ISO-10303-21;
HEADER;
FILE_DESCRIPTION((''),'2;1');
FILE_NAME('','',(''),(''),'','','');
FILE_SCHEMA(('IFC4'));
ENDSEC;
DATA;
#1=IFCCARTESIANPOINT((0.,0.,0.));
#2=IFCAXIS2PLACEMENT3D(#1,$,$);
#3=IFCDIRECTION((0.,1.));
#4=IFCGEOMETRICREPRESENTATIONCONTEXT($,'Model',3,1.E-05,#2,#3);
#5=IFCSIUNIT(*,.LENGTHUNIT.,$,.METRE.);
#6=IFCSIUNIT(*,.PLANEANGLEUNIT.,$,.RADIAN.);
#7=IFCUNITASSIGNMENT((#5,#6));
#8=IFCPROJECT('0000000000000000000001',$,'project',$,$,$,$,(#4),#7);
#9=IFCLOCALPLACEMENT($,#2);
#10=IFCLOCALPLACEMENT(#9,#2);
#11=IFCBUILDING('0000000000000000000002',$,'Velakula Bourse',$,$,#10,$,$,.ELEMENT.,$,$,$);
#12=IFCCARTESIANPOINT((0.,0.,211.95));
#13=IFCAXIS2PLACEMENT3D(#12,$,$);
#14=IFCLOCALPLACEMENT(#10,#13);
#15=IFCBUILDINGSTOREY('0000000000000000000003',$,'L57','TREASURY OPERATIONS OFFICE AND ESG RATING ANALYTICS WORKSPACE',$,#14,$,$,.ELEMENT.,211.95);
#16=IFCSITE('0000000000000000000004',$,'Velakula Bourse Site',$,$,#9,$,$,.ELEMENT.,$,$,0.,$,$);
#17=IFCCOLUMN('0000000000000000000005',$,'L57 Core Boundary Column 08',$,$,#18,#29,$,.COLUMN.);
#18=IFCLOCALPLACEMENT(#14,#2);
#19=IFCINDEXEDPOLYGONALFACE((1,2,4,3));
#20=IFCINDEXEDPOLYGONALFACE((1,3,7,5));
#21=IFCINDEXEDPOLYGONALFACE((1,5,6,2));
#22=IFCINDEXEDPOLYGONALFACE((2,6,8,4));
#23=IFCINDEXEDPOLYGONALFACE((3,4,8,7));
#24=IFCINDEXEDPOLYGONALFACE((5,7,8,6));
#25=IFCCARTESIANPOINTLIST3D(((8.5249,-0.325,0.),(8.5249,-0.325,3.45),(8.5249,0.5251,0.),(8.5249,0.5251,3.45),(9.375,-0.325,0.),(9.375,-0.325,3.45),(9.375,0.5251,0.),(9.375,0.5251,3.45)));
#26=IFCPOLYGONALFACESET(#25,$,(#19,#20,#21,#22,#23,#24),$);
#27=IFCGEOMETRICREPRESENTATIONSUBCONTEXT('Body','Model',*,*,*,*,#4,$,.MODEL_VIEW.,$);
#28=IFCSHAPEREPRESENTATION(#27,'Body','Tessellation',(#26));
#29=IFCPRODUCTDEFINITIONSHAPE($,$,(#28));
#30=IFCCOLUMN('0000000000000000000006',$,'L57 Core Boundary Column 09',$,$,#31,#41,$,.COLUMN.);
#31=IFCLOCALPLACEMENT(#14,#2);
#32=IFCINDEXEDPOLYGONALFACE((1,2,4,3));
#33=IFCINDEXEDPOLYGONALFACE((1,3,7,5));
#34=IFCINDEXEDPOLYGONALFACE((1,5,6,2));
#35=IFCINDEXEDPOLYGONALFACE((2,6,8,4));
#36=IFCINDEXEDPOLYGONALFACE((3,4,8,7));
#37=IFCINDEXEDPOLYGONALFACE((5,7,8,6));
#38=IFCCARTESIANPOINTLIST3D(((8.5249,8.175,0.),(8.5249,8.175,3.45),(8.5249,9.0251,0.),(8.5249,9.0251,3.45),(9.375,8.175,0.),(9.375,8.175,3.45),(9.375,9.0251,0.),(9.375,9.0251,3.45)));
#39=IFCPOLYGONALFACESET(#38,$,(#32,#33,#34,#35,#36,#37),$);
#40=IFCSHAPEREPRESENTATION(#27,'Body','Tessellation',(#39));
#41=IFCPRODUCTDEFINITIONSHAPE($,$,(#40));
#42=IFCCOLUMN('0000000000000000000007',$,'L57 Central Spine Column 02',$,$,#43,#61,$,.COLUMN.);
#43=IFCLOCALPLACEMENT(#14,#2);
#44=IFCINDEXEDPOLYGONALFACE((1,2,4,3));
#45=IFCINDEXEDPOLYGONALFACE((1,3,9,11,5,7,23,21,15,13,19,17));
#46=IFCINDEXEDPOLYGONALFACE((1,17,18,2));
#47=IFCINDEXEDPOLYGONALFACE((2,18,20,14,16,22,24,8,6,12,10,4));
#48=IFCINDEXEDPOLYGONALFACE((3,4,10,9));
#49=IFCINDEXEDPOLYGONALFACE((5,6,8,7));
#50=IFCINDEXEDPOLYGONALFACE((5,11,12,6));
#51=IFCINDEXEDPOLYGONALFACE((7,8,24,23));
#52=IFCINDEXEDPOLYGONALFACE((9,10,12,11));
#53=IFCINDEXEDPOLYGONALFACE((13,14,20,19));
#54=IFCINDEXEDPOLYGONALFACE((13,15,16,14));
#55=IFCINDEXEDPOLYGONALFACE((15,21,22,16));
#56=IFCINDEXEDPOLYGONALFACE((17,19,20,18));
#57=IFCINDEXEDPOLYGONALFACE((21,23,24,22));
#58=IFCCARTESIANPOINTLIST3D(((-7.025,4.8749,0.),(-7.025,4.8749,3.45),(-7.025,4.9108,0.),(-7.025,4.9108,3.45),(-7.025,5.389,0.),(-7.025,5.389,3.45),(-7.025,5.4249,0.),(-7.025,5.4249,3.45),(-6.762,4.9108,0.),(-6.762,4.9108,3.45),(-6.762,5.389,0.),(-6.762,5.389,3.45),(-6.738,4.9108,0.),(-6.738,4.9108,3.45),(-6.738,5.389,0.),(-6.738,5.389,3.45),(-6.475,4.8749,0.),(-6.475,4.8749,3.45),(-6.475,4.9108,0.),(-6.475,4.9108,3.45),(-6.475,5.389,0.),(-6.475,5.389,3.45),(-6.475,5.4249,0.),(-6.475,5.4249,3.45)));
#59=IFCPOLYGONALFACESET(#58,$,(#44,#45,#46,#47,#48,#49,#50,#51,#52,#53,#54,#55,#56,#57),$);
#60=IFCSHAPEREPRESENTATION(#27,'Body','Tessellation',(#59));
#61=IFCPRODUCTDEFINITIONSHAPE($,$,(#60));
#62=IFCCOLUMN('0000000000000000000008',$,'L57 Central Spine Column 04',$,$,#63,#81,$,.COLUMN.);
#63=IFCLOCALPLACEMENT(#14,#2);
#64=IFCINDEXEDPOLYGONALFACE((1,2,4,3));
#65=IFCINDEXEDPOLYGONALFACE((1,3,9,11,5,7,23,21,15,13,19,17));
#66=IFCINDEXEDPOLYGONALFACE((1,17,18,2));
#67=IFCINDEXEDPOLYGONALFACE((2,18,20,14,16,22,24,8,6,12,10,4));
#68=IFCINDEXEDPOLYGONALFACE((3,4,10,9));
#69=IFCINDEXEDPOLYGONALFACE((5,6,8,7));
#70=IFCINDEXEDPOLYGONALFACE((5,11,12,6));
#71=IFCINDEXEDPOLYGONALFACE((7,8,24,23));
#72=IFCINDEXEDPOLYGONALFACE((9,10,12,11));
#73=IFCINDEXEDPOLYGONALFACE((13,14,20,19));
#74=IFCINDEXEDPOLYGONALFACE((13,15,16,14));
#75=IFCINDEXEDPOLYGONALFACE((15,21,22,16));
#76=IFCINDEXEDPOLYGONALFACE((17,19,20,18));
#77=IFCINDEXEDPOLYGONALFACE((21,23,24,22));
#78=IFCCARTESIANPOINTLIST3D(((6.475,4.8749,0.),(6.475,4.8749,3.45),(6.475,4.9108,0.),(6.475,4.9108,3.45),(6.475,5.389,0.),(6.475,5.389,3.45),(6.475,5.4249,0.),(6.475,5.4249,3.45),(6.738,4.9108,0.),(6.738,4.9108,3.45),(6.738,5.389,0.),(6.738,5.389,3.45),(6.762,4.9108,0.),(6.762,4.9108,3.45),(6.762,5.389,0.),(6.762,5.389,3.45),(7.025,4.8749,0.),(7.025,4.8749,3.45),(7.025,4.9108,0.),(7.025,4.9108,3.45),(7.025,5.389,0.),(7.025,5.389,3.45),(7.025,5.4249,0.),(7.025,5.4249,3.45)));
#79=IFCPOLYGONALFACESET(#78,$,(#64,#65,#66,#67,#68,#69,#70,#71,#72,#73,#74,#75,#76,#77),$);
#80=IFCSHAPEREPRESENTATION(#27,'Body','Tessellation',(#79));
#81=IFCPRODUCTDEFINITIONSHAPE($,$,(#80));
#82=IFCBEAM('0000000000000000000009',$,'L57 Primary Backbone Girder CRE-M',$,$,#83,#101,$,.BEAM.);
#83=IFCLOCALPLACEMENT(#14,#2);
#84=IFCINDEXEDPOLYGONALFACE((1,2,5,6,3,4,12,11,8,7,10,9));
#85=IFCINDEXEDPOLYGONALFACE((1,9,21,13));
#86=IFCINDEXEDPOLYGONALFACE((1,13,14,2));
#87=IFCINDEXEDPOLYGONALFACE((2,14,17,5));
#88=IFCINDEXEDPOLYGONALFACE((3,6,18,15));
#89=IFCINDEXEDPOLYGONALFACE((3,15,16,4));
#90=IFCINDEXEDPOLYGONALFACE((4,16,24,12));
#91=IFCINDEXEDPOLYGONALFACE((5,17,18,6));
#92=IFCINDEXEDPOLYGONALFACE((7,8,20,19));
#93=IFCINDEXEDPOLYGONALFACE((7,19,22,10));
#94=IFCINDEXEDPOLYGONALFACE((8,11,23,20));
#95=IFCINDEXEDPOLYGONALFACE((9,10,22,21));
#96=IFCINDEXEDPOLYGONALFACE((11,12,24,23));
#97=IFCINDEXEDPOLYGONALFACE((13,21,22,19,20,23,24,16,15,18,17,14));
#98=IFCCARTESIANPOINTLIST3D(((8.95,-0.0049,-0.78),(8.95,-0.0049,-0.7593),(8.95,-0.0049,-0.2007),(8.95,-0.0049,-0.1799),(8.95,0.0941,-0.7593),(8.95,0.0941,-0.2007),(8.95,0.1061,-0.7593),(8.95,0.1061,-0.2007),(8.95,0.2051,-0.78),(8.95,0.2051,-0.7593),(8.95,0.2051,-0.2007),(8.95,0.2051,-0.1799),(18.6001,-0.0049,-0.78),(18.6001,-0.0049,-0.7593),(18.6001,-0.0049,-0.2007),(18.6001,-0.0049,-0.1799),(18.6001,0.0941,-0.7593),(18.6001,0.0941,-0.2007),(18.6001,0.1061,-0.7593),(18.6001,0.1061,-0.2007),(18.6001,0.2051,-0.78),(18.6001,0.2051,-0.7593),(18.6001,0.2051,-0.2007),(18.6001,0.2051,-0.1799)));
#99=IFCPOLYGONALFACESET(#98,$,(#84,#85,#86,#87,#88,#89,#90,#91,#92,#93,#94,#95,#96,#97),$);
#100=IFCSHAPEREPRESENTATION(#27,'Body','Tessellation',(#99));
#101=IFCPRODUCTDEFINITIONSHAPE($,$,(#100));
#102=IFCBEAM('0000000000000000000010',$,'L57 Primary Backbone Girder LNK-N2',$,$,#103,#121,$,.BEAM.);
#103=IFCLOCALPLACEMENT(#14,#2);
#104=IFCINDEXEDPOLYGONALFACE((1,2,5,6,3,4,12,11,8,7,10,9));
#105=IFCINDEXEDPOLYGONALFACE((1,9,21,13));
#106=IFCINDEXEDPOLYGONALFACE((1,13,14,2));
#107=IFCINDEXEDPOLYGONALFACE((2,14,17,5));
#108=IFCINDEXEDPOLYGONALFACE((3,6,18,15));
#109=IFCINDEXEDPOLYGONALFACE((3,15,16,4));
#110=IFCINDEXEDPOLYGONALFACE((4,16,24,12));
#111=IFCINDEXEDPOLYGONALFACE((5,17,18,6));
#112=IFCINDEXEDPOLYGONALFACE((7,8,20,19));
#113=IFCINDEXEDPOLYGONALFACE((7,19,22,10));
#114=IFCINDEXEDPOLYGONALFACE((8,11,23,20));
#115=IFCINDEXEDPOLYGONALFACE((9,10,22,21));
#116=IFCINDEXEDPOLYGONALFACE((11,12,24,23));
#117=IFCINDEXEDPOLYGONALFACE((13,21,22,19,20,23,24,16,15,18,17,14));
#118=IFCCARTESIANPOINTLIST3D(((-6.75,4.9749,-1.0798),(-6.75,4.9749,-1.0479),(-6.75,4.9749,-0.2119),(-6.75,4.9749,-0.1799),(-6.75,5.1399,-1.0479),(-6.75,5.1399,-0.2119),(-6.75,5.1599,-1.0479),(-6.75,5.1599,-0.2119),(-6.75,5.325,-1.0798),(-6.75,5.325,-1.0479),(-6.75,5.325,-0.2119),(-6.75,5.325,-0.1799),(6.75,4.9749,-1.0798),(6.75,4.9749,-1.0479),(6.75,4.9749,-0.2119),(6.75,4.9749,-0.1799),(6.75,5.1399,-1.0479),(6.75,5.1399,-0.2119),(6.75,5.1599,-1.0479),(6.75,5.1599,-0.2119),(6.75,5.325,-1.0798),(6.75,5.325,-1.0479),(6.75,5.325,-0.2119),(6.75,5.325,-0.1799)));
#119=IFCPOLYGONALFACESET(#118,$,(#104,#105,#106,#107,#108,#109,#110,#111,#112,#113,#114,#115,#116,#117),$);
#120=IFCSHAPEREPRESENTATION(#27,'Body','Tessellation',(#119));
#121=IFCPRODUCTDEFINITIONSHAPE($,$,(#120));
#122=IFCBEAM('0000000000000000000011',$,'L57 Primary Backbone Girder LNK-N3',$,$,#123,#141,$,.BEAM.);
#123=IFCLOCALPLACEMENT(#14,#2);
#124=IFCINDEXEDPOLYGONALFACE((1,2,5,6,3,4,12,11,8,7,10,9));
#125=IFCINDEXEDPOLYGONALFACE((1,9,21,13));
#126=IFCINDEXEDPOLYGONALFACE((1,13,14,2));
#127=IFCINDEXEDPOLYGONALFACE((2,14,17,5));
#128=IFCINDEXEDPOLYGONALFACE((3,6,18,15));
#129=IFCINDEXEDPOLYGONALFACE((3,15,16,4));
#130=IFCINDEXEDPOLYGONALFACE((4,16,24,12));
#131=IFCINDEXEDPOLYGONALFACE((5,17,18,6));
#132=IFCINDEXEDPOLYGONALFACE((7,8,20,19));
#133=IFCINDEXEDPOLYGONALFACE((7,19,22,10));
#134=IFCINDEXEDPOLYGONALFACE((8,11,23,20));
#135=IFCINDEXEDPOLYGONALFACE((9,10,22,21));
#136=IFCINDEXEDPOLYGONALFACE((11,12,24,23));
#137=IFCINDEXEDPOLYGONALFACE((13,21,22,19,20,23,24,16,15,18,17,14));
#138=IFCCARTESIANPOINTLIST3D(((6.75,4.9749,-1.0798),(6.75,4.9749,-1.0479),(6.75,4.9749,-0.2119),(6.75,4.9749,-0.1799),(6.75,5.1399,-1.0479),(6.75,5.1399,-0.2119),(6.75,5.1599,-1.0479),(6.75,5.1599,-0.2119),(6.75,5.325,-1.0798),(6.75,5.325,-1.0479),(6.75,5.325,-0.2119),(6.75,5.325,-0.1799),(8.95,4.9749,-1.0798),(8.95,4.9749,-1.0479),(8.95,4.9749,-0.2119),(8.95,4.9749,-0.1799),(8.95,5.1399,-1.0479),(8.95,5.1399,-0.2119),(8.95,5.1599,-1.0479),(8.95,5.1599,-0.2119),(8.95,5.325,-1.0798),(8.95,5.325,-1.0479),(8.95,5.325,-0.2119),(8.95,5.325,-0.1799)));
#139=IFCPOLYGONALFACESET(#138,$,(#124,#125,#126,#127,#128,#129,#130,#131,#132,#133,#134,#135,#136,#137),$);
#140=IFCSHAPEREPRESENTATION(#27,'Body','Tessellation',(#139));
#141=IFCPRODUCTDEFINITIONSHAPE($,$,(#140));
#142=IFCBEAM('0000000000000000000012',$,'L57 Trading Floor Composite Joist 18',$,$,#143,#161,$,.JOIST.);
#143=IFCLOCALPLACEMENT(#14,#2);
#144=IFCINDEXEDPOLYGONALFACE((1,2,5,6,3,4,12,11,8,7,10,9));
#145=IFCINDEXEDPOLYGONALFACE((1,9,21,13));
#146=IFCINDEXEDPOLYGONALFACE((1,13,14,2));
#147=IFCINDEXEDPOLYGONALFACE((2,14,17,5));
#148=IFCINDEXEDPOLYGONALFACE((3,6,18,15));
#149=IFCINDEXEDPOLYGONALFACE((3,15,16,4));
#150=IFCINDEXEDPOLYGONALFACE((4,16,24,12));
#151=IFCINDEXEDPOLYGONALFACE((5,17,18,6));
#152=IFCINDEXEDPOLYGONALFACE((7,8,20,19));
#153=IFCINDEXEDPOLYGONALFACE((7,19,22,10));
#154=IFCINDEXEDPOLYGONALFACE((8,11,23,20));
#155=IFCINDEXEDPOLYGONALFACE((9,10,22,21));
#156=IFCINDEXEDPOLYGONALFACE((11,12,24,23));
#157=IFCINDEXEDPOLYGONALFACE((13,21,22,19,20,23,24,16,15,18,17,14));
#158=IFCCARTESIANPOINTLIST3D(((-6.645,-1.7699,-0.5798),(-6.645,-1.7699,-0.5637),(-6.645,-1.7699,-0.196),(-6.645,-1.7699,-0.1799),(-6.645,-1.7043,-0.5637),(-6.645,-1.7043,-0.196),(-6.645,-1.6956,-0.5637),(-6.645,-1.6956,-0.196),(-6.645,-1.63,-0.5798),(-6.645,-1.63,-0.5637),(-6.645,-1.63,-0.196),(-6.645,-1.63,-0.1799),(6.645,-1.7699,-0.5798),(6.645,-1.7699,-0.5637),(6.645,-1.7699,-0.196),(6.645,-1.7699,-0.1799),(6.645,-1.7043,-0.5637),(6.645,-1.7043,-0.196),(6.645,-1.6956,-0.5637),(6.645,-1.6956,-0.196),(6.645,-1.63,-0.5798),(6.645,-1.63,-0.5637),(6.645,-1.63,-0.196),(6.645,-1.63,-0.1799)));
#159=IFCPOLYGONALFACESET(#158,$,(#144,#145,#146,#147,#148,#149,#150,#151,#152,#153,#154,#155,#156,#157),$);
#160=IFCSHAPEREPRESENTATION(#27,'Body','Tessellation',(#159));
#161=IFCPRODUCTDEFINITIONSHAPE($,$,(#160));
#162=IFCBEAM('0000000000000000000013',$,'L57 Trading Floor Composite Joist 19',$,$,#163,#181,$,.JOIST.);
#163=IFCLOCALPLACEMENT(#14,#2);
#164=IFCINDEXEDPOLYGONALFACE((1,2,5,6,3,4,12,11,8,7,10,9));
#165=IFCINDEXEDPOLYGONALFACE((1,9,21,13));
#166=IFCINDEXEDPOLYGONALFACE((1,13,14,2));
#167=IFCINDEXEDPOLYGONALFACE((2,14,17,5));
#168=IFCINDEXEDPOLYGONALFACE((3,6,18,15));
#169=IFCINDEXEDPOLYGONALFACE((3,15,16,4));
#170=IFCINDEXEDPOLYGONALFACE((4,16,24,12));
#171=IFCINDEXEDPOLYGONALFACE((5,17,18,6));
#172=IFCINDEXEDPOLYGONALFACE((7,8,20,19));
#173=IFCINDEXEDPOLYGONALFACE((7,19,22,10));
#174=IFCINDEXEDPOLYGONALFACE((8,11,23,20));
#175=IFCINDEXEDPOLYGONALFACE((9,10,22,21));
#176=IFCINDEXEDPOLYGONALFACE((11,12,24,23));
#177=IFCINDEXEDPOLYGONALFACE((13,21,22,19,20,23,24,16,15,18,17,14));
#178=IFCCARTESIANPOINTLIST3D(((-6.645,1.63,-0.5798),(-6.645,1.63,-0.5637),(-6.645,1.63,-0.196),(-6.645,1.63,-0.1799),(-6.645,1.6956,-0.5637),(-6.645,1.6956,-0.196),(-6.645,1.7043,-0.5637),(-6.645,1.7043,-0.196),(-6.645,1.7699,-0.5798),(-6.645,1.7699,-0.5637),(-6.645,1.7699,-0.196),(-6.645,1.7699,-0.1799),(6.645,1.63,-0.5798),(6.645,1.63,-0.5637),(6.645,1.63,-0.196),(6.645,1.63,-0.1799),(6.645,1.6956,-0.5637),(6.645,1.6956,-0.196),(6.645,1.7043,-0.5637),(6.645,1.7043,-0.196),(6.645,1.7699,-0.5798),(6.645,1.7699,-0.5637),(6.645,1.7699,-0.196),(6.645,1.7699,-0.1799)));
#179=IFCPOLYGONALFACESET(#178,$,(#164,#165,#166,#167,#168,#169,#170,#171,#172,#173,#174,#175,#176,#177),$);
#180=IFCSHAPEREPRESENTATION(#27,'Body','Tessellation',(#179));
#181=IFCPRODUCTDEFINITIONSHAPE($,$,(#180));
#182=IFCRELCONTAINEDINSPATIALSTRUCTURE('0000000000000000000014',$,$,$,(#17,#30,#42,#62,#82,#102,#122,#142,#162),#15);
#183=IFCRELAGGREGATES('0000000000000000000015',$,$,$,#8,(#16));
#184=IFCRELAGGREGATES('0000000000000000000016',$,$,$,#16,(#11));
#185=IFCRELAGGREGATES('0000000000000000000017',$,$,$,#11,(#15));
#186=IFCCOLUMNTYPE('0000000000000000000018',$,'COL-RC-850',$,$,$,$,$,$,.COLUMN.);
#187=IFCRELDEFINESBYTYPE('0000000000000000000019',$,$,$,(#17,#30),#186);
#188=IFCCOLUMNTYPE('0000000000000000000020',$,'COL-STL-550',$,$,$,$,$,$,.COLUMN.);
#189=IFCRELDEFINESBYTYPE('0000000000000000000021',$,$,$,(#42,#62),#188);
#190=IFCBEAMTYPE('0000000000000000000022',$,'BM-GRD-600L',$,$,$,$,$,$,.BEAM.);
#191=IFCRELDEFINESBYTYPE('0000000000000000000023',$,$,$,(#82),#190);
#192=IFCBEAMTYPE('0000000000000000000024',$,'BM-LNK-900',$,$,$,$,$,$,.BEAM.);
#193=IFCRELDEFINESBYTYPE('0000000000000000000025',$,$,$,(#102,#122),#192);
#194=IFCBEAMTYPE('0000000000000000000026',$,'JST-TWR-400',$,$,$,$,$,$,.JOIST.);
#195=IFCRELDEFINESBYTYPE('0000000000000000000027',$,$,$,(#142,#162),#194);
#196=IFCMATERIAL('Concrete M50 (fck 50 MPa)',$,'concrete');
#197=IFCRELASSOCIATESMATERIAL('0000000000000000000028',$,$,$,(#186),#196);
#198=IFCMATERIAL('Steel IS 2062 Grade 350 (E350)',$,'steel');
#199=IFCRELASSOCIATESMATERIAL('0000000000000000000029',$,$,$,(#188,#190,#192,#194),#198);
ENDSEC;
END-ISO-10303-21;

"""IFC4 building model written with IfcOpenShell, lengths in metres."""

from ifc_helpers import new_model, si_unit, direction, frame, origin, origin_2d, place, context, subcontext, project, spatial, rectangle, i_section, extrude, material, material_profile, profile_set, type_object, element, save


model = new_model("IFC4")

# Units and contexts
model_context = context("Model", 3, precision=1e-05, world=origin(), true_north=direction((0.0, 1.0)))
body_context = subcontext(model_context, "Body", "Model", "MODEL_VIEW")
ifc_project = project(units=[si_unit("LENGTHUNIT", "METRE"), si_unit("PLANEANGLEUNIT", "RADIAN")], contexts=[model_context])

# Site, building, storey
site_placement = place(None, origin())
site = spatial("IfcSite", under=ifc_project, at=site_placement, Name="Velakula Bourse Site", CompositionType="ELEMENT", RefElevation=0.0)
building_placement = place(site_placement, origin())
building = spatial("IfcBuilding", under=site, at=building_placement, Name="Velakula Bourse", CompositionType="ELEMENT")
storey_placement = place(building_placement, frame((0.0, 0.0, 211.95)))
storey = spatial("IfcBuildingStorey", under=building, at=storey_placement, Name="L57", Description="TREASURY OPERATIONS OFFICE AND ESG RATING ANALYTICS WORKSPACE", CompositionType="ELEMENT", Elevation=211.95)

# Columns
ifc_material_1 = material(Name="Concrete M50 (fck 50 MPa)", Category="concrete")
ifc_material_profile_1 = material_profile(ifc_material_1, rectangle(XDim=0.8501, YDim=0.8501, at=origin_2d()), Name="Concrete M50 (fck 50 MPa)")
ifc_profile_set_1 = profile_set([ifc_material_profile_1], Name="Concrete M50 (fck 50 MPa)")
column_type_1 = type_object("IfcColumnType", Name="COL-RC-850", PredefinedType="COLUMN", material=ifc_profile_set_1)
for number, where, z_axis, x_axis, name in (
    (1, (8.95, 0.1001, 0.0), (0.0, 0.0, 1.0), (1.0, 0.0, 0.0), "L57 Core Boundary Column 08"),
    (2, (8.95, 8.6001, 0.0), (0.0, 0.0, 1.0), (1.0, 0.0, 0.0), "L57 Core Boundary Column 09"),
):
    element("IfcColumn", number, at=place(storey_placement, frame(where, z_axis=z_axis, x_axis=x_axis)), inside=storey, type_object=column_type_1, Name=name, PredefinedType="COLUMN", context=body_context, shape_type="SweptSolid", body=[
        extrude(rectangle(XDim=0.8501, YDim=0.8501, at=origin_2d()), origin(), (0.0, 0.0, 1.0), 3.45),
    ])
ifc_material_2 = material(Name="Steel IS 2062 Grade 350 (E350)", Category="steel")
ifc_material_profile_2 = material_profile(ifc_material_2, i_section(OverallWidth=0.55, OverallDepth=0.55, WebThickness=0.0239, FlangeThickness=0.0359, at=origin_2d()), Name="Steel IS 2062 Grade 350 (E350)")
ifc_profile_set_2 = profile_set([ifc_material_profile_2], Name="Steel IS 2062 Grade 350 (E350)")
column_type_2 = type_object("IfcColumnType", Name="COL-STL-550", PredefinedType="COLUMN", material=ifc_profile_set_2)
for number, where, z_axis, x_axis, name in (
    (3, (-6.75, 5.1499, 0.0), (0.0, 0.0, 1.0), (1.0, 0.0, 0.0), "L57 Central Spine Column 02"),
    (4, (6.75, 5.1499, 0.0), (0.0, 0.0, 1.0), (1.0, 0.0, 0.0), "L57 Central Spine Column 04"),
):
    element("IfcColumn", number, at=place(storey_placement, frame(where, z_axis=z_axis, x_axis=x_axis)), inside=storey, type_object=column_type_2, Name=name, PredefinedType="COLUMN", context=body_context, shape_type="SweptSolid", body=[
        extrude(i_section(OverallWidth=0.55, OverallDepth=0.55, WebThickness=0.0239, FlangeThickness=0.0359, at=origin_2d()), origin(), (0.0, 0.0, 1.0), 3.45),
    ])

# Beams
ifc_material_profile_3 = material_profile(ifc_material_2, i_section(OverallWidth=0.21, OverallDepth=0.6001, WebThickness=0.012, FlangeThickness=0.0208, at=origin_2d()), Name="Steel IS 2062 Grade 350 (E350)")
ifc_profile_set_3 = profile_set([ifc_material_profile_3], Name="Steel IS 2062 Grade 350 (E350)")
beam_type_1 = type_object("IfcBeamType", Name="BM-GRD-600L", PredefinedType="BEAM", material=ifc_profile_set_3)
beam_1_placement = place(storey_placement, frame((8.95, 0.1001, -0.48), z_axis=(1.0, 0.0, 0.0), x_axis=(0.0, 1.0, 0.0)))
element("IfcBeam", 5, at=beam_1_placement, inside=storey, type_object=beam_type_1, Name="L57 Primary Backbone Girder CRE-M", PredefinedType="BEAM", context=body_context, shape_type="SweptSolid", body=[
    extrude(i_section(OverallWidth=0.21, OverallDepth=0.6001, WebThickness=0.012, FlangeThickness=0.0208, at=origin_2d()), origin(), (0.0, 0.0, 1.0), 9.6501),
])
ifc_material_profile_4 = material_profile(ifc_material_2, i_section(OverallWidth=0.3501, OverallDepth=0.8999, WebThickness=0.02, FlangeThickness=0.032, at=origin_2d()), Name="Steel IS 2062 Grade 350 (E350)")
ifc_profile_set_4 = profile_set([ifc_material_profile_4], Name="Steel IS 2062 Grade 350 (E350)")
beam_type_2 = type_object("IfcBeamType", Name="BM-LNK-900", PredefinedType="BEAM", material=ifc_profile_set_4)
beam_2_placement = place(storey_placement, frame((-6.75, 5.1499, -0.6299), z_axis=(1.0, 0.0, 0.0), x_axis=(0.0, 1.0, 0.0)))
element("IfcBeam", 6, at=beam_2_placement, inside=storey, type_object=beam_type_2, Name="L57 Primary Backbone Girder LNK-N2", PredefinedType="BEAM", context=body_context, shape_type="SweptSolid", body=[
    extrude(i_section(OverallWidth=0.3501, OverallDepth=0.8999, WebThickness=0.02, FlangeThickness=0.032, at=origin_2d()), origin(), (0.0, 0.0, 1.0), 13.5),
])
beam_3_placement = place(storey_placement, frame((6.75, 5.1499, -0.6299), z_axis=(1.0, 0.0, 0.0), x_axis=(0.0, 1.0, 0.0)))
element("IfcBeam", 7, at=beam_3_placement, inside=storey, type_object=beam_type_2, Name="L57 Primary Backbone Girder LNK-N3", PredefinedType="BEAM", context=body_context, shape_type="SweptSolid", body=[
    extrude(i_section(OverallWidth=0.3501, OverallDepth=0.8999, WebThickness=0.02, FlangeThickness=0.032, at=origin_2d()), origin(), (0.0, 0.0, 1.0), 2.2),
])
ifc_material_profile_5 = material_profile(ifc_material_2, i_section(OverallWidth=0.1399, OverallDepth=0.3999, WebThickness=0.0088, FlangeThickness=0.0161, at=origin_2d()), Name="Steel IS 2062 Grade 350 (E350)")
ifc_profile_set_5 = profile_set([ifc_material_profile_5], Name="Steel IS 2062 Grade 350 (E350)")
beam_type_3 = type_object("IfcBeamType", Name="JST-TWR-400", PredefinedType="JOIST", material=ifc_profile_set_5)
for number, where, z_axis, x_axis, name in (
    (8, (-6.645, -1.7, -0.3799), (1.0, 0.0, 0.0), (0.0, 1.0, 0.0), "L57 Trading Floor Composite Joist 18"),
    (9, (-6.645, 1.7, -0.3799), (1.0, 0.0, 0.0), (0.0, 1.0, 0.0), "L57 Trading Floor Composite Joist 19"),
):
    element("IfcBeam", number, at=place(storey_placement, frame(where, z_axis=z_axis, x_axis=x_axis)), inside=storey, type_object=beam_type_3, Name=name, PredefinedType="JOIST", context=body_context, shape_type="SweptSolid", body=[
        extrude(i_section(OverallWidth=0.1399, OverallDepth=0.3999, WebThickness=0.0088, FlangeThickness=0.0161, at=origin_2d()), origin(), (0.0, 0.0, 1.0), 13.29),
    ])

save(model, "model.ifc")
